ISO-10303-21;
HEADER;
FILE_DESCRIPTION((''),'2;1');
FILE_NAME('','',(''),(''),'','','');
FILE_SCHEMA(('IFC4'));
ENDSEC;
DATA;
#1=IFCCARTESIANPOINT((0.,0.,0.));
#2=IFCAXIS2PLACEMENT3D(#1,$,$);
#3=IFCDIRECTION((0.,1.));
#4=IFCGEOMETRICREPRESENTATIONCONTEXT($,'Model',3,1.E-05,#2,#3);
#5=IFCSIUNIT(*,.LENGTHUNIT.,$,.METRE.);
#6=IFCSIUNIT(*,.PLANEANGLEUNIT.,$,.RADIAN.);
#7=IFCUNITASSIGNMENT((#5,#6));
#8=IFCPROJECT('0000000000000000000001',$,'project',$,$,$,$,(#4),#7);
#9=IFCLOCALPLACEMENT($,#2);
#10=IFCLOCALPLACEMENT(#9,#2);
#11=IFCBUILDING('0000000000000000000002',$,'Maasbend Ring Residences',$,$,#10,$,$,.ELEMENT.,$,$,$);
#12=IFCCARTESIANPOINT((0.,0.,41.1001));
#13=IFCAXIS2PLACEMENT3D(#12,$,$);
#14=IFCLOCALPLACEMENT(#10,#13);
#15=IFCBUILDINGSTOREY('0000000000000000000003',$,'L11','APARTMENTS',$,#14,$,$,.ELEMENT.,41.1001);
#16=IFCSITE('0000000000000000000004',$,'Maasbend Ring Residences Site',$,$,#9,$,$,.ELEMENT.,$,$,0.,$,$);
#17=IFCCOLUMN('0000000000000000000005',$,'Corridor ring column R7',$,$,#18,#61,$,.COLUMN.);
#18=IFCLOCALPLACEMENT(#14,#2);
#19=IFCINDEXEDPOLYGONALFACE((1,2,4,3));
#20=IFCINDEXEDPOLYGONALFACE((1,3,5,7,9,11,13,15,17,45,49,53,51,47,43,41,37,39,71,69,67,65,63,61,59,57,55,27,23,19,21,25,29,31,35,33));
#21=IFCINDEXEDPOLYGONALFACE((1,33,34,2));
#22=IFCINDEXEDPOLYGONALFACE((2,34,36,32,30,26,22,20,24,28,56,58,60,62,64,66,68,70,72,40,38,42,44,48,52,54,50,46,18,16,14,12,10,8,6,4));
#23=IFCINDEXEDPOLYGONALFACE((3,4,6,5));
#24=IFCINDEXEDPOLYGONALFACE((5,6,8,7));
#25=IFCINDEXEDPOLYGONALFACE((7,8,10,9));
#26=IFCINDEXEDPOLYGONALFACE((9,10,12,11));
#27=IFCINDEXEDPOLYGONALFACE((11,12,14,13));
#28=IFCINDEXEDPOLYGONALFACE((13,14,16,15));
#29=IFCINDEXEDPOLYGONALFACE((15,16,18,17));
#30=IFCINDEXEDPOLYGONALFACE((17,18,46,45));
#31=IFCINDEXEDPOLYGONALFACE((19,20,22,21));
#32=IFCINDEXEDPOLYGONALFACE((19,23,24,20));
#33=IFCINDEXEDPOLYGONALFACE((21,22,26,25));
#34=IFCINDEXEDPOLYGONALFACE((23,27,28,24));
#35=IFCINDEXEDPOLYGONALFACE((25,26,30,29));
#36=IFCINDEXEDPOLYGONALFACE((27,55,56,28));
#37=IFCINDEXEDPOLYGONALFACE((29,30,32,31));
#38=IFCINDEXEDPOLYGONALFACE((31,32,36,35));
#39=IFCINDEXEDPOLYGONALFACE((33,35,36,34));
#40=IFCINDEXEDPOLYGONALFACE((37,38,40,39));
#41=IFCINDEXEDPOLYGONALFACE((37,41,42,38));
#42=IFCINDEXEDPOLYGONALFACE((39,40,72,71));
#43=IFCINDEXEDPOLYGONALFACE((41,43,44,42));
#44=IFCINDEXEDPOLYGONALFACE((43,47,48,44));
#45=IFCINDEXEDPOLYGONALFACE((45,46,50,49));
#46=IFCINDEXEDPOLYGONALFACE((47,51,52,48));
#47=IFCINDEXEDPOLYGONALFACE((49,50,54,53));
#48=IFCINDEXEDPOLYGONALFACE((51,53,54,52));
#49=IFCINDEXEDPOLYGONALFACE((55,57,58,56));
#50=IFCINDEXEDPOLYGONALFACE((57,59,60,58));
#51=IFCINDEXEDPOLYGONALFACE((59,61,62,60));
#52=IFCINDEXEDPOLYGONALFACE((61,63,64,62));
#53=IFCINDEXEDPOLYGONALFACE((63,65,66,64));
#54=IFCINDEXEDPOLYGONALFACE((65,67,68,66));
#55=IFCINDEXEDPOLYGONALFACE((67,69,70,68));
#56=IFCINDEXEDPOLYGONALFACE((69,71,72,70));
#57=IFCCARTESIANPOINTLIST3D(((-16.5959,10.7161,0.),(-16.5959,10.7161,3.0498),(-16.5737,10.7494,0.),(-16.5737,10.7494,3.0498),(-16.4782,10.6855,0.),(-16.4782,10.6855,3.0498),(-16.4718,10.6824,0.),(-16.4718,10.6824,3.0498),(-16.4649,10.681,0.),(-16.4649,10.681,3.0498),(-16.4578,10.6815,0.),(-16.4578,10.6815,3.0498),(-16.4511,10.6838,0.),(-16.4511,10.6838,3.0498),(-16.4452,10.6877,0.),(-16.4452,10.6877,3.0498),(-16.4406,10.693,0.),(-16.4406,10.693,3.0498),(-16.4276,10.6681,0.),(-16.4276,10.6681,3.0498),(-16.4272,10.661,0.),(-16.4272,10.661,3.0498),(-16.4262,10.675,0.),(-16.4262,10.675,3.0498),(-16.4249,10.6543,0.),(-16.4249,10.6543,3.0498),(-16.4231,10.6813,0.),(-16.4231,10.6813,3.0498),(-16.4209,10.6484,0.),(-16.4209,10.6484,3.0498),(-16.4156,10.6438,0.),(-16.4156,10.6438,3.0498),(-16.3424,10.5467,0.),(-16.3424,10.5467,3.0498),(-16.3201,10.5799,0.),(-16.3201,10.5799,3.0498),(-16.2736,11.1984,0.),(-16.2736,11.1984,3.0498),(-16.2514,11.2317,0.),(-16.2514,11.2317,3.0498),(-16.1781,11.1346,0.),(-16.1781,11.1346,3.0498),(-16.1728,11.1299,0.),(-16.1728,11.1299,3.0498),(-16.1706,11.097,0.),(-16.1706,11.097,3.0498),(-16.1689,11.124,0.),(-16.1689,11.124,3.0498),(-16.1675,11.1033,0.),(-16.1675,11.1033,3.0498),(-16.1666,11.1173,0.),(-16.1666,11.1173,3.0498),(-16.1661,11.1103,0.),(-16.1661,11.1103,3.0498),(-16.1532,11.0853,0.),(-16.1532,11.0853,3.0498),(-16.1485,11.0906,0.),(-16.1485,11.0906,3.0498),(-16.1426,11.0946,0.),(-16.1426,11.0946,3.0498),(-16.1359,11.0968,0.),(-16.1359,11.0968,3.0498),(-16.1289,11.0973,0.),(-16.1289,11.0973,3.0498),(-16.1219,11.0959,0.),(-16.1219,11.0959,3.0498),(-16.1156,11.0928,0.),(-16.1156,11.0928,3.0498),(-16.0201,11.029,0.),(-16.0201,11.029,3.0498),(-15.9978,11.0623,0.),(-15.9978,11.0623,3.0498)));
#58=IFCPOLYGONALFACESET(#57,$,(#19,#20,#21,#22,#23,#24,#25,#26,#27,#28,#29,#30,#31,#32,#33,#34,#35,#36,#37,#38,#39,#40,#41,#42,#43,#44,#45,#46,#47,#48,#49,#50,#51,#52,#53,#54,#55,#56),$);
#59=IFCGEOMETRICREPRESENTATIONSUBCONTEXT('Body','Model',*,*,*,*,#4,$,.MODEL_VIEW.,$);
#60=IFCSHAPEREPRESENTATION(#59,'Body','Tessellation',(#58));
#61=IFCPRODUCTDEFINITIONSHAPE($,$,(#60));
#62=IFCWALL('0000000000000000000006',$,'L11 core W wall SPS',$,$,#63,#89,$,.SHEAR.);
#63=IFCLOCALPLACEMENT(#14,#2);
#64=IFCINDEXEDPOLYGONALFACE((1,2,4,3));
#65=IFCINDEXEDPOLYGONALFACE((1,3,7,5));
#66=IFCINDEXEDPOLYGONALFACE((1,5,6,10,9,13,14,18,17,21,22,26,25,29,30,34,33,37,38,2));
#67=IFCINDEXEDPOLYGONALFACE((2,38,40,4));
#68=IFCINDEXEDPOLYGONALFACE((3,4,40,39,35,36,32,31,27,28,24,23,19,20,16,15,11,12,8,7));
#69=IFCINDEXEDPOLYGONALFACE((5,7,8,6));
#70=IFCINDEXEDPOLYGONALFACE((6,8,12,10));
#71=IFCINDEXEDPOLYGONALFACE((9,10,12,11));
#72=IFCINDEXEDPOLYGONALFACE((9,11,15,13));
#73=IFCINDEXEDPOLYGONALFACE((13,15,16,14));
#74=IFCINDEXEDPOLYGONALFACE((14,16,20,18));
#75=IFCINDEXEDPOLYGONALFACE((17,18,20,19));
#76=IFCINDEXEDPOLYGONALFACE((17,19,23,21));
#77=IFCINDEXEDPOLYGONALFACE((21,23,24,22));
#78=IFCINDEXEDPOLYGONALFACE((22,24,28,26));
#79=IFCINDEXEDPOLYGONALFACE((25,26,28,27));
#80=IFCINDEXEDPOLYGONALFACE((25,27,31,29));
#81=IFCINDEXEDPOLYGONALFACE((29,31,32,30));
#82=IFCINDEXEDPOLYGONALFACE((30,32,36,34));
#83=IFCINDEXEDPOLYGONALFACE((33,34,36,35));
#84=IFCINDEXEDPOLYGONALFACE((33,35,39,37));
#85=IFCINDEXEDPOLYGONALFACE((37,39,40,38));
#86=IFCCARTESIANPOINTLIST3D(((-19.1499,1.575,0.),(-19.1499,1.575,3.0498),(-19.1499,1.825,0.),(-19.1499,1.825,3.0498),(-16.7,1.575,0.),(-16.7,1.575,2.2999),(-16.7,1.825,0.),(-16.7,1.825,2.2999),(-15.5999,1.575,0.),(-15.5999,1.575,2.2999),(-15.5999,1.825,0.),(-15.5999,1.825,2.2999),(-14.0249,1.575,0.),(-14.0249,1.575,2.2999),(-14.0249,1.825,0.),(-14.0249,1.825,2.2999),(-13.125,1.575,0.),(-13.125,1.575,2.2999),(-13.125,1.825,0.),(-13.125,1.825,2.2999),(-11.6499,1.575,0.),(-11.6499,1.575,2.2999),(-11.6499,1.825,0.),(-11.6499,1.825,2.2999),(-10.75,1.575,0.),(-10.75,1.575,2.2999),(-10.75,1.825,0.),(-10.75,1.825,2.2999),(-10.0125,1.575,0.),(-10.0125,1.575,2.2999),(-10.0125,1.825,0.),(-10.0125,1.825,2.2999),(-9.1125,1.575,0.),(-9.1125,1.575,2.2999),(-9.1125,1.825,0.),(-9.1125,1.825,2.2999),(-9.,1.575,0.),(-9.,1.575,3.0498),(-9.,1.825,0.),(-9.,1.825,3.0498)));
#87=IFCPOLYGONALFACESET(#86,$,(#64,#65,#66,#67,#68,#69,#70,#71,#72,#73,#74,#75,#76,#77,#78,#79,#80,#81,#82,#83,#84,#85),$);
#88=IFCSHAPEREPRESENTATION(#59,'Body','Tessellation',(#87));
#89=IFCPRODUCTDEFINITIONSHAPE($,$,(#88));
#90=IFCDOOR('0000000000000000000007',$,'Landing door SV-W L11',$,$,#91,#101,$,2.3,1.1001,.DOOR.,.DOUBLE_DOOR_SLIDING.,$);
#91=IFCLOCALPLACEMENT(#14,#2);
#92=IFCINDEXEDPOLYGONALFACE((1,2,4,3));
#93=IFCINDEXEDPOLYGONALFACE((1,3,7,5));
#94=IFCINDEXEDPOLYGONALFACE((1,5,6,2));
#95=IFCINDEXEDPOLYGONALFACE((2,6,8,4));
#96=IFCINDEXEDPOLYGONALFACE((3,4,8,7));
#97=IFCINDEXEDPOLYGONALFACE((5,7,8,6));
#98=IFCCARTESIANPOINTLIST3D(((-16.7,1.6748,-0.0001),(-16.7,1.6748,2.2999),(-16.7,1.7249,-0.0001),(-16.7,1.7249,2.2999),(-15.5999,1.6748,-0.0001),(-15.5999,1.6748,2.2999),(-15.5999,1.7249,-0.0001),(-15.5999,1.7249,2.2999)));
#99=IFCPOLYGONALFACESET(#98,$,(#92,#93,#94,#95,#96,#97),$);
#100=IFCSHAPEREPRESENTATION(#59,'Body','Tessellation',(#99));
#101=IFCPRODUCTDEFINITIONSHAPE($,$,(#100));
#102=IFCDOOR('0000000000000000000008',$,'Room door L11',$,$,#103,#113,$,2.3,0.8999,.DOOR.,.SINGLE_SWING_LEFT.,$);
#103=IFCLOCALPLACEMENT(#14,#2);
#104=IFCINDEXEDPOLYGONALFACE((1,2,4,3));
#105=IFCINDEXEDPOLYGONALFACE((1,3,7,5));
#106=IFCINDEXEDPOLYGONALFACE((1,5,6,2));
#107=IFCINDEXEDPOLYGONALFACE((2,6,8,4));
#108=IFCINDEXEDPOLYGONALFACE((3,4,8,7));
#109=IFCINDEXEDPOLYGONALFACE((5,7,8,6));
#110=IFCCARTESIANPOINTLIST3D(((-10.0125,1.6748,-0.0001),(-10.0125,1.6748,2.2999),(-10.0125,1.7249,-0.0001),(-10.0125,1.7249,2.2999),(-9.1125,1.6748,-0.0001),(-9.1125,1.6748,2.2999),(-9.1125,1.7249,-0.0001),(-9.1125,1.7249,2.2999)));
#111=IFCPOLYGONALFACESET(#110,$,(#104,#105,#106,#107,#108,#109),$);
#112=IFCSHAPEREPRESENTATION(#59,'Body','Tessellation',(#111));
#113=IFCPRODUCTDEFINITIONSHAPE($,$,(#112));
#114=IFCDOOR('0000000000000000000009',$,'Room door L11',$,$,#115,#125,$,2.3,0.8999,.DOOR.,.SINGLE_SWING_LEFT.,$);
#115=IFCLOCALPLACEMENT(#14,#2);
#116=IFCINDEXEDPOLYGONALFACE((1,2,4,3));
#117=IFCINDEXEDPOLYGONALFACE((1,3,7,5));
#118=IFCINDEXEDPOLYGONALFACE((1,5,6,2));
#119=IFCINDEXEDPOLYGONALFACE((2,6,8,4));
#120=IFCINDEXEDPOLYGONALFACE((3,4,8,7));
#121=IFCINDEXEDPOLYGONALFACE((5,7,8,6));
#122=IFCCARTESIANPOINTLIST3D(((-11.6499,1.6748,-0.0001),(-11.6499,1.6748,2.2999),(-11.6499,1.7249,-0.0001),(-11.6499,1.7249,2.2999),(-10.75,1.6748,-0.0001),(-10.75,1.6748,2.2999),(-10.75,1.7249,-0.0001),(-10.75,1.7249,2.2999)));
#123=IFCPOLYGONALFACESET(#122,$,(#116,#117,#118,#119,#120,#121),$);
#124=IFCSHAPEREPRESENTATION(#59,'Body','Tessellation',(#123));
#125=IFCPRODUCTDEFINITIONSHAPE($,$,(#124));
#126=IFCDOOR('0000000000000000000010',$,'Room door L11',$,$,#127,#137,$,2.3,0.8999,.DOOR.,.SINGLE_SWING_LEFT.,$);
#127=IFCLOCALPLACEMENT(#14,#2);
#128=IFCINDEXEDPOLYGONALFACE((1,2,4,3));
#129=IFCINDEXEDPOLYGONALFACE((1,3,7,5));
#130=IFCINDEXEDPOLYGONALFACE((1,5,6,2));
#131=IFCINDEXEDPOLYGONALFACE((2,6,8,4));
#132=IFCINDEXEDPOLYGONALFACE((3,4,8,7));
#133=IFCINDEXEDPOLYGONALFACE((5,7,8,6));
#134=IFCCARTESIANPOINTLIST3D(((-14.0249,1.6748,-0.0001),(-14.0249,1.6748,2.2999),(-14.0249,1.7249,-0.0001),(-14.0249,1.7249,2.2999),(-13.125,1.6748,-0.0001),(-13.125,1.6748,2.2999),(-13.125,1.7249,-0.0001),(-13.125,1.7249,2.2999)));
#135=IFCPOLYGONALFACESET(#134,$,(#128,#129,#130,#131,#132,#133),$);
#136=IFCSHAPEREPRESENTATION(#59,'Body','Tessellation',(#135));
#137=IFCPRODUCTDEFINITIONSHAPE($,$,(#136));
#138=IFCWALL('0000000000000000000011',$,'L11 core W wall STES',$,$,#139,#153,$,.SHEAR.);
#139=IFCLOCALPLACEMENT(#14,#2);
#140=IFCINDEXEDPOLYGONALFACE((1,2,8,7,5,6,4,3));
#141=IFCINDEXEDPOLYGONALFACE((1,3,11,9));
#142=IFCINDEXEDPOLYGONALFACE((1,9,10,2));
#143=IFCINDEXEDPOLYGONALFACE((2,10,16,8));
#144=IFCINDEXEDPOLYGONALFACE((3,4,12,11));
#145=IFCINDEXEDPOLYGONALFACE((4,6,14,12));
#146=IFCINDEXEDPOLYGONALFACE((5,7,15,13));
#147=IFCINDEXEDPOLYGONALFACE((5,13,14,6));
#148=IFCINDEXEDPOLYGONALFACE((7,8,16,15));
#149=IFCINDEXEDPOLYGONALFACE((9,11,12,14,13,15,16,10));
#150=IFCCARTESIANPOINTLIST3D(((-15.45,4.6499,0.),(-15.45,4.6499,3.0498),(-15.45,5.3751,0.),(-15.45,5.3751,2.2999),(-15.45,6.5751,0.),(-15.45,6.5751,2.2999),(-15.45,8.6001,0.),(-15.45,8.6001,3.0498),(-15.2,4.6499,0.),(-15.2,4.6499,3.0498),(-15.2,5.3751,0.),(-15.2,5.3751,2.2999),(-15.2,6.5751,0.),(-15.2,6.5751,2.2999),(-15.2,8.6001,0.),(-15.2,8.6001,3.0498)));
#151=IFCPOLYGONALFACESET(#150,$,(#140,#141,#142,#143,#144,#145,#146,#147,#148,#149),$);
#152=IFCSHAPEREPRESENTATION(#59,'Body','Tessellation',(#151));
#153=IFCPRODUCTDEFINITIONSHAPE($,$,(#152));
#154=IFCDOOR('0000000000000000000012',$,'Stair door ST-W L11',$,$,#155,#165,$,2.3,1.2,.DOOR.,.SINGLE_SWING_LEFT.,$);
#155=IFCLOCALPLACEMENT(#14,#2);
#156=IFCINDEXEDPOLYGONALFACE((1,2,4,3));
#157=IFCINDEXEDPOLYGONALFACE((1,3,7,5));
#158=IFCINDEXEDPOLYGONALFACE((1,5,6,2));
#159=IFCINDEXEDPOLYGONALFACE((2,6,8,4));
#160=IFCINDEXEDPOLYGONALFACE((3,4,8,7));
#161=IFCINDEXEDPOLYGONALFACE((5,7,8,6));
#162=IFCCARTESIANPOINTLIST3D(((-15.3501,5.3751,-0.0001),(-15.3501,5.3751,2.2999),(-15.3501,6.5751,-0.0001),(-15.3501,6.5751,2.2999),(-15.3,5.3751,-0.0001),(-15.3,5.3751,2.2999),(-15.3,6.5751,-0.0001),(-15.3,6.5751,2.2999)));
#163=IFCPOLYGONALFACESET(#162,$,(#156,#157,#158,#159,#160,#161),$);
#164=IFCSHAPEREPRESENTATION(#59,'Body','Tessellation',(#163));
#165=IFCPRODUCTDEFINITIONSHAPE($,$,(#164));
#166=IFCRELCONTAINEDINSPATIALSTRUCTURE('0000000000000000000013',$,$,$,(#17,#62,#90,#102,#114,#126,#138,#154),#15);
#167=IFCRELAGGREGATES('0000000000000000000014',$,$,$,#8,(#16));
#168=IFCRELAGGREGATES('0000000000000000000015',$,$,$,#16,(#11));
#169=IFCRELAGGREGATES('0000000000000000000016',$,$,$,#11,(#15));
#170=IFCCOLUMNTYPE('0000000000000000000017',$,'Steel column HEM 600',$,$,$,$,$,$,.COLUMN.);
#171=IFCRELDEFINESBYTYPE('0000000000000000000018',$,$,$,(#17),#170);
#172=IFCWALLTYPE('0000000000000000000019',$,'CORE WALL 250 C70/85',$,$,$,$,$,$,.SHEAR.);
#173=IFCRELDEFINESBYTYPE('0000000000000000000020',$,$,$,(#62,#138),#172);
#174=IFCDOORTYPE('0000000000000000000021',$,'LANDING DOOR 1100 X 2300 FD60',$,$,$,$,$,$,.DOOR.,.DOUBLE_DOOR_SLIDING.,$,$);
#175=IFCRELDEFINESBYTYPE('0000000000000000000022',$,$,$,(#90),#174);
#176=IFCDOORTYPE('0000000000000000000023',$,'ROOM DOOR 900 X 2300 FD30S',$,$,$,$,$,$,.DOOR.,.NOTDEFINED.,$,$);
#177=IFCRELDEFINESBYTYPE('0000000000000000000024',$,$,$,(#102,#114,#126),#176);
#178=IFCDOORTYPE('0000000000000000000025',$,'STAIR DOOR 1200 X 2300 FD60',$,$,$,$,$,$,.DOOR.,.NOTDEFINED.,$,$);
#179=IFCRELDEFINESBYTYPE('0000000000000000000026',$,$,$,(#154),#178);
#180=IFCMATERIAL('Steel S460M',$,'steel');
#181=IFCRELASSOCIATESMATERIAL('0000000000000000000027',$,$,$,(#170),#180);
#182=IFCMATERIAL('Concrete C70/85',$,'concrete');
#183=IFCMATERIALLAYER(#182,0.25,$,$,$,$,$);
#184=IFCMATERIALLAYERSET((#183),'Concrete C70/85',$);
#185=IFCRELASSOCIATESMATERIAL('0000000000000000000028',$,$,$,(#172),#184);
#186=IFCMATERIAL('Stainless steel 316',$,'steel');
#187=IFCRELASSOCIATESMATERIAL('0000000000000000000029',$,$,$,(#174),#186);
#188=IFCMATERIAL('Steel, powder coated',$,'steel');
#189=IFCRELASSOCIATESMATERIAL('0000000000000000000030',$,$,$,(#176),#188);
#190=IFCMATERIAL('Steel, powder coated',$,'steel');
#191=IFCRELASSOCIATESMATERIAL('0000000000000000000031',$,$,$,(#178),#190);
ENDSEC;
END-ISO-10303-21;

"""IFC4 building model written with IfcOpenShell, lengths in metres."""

from ifc_helpers import new_model, si_unit, direction, frame, frame_2d, origin, origin_2d, place, context, subcontext, project, spatial, rectangle, i_section, extrude, material, layer, layer_set, material_profile, profile_set, type_object, element, fill, save


model = new_model("IFC4")

# Units and contexts
model_context = context("Model", 3, precision=1e-05, world=origin(), true_north=direction((0.0, 1.0)))
body_context = subcontext(model_context, "Body", "Model", "MODEL_VIEW")
ifc_project = project(units=[si_unit("LENGTHUNIT", "METRE"), si_unit("PLANEANGLEUNIT", "RADIAN")], contexts=[model_context])

# Site, building, storey
site_placement = place(None, origin())
site = spatial("IfcSite", under=ifc_project, at=site_placement, Name="Maasbend Ring Residences Site", CompositionType="ELEMENT", RefElevation=0.0)
building_placement = place(site_placement, origin())
building = spatial("IfcBuilding", under=site, at=building_placement, Name="Maasbend Ring Residences", CompositionType="ELEMENT")
storey_placement = place(building_placement, frame((0.0, 0.0, 41.1001)))
storey = spatial("IfcBuildingStorey", under=building, at=storey_placement, Name="L11", Description="APARTMENTS", CompositionType="ELEMENT", Elevation=41.1001)

# Column
ifc_material_1 = material(Name="Steel S460M", Category="steel")
ifc_material_profile = material_profile(ifc_material_1, i_section(OverallWidth=0.3049, OverallDepth=0.6201, WebThickness=0.021, FlangeThickness=0.04, FilletRadius=0.0271, at=origin_2d()), Name="HEM 600")
ifc_profile_set = profile_set([ifc_material_profile], Name="Steel S460M")
column_type = type_object("IfcColumnType", Name="Steel column HEM 600", PredefinedType="COLUMN", material=ifc_profile_set)
column_placement = place(storey_placement, frame((-16.2969, 10.8892, 0.0), z_axis=(0.0, 0.0, 1.0), x_axis=(-0.83147, 0.55557, 0.0)))
element("IfcColumn", 1, at=column_placement, inside=storey, type_object=column_type, Name="Corridor ring column R7", PredefinedType="COLUMN", context=body_context, shape_type="SweptSolid", body=[
    extrude(i_section(OverallWidth=0.3049, OverallDepth=0.6201, WebThickness=0.021, FlangeThickness=0.04, FilletRadius=0.0271, at=origin_2d()), origin(), (0.0, 0.0, 1.0), 3.0498),
])

# Wall, openings, doors
ifc_material_2 = material(Name="Concrete C70/85", Category="concrete")
ifc_layer_1 = layer(ifc_material_2, 0.25)
ifc_layer_set_1 = layer_set([ifc_layer_1], Name="Concrete C70/85")
wall_type_1 = type_object("IfcWallType", Name="CORE WALL 250 C70/85", PredefinedType="SHEAR", material=ifc_layer_set_1)
wall_1_placement = place(storey_placement, frame((-19.1499, 1.7, 0.0), z_axis=(0.0, 0.0, 1.0), x_axis=(1.0, 0.0, 0.0)))
wall_1 = element("IfcWall", 2, at=wall_1_placement, inside=storey, type_object=wall_type_1, Name="L11 core W wall SPS", PredefinedType="SHEAR", context=body_context, shape_type="SweptSolid", body=[
    extrude(rectangle(XDim=10.1499, YDim=0.25, at=frame_2d((5.075, 0.0))), origin(), (0.0, 0.0, 1.0), 3.0498),
])
opening_1_placement = place(wall_1_placement, frame((2.45, 0.0, 0.0)))
opening_1 = element("IfcOpeningElement", 3, at=opening_1_placement, cuts=wall_1, PredefinedType="OPENING", context=body_context, shape_type="SweptSolid", body=[
    extrude(rectangle(XDim=1.1001, YDim=2.3, at=frame_2d((0.55, 1.1499))), frame((0.0, 0.135, 0.0), z_axis=(0.0, -1.0, 0.0), x_axis=(1.0, 0.0, 0.0)), (0.0, 0.0, 1.0), 0.27),
])
opening_2_placement = place(wall_1_placement, frame((9.1375, 0.0, 0.0)))
opening_2 = element("IfcOpeningElement", 4, at=opening_2_placement, cuts=wall_1, PredefinedType="OPENING", context=body_context, shape_type="SweptSolid", body=[
    extrude(rectangle(XDim=0.8999, YDim=2.3, at=frame_2d((0.45, 1.1499))), frame((0.0, 0.135, 0.0), z_axis=(0.0, -1.0, 0.0), x_axis=(1.0, 0.0, 0.0)), (0.0, 0.0, 1.0), 0.27),
])
opening_3_placement = place(wall_1_placement, frame((7.5, 0.0, 0.0)))
opening_3 = element("IfcOpeningElement", 5, at=opening_3_placement, cuts=wall_1, PredefinedType="OPENING", context=body_context, shape_type="SweptSolid", body=[
    extrude(rectangle(XDim=0.8999, YDim=2.3, at=frame_2d((0.45, 1.1499))), frame((0.0, 0.135, 0.0), z_axis=(0.0, -1.0, 0.0), x_axis=(1.0, 0.0, 0.0)), (0.0, 0.0, 1.0), 0.27),
])
opening_4_placement = place(wall_1_placement, frame((5.125, 0.0, 0.0)))
opening_4 = element("IfcOpeningElement", 6, at=opening_4_placement, cuts=wall_1, PredefinedType="OPENING", context=body_context, shape_type="SweptSolid", body=[
    extrude(rectangle(XDim=0.8999, YDim=2.3, at=frame_2d((0.45, 1.1499))), frame((0.0, 0.135, 0.0), z_axis=(0.0, -1.0, 0.0), x_axis=(1.0, 0.0, 0.0)), (0.0, 0.0, 1.0), 0.27),
])
ifc_material_3 = material(Name="Stainless steel 316", Category="steel")
door_type_1 = type_object("IfcDoorType", Name="LANDING DOOR 1100 X 2300 FD60", OperationType="DOUBLE_DOOR_SLIDING", PredefinedType="DOOR", material=ifc_material_3)
door_1_placement = place(opening_1_placement, origin())
door_1 = element("IfcDoor", 7, at=door_1_placement, inside=storey, type_object=door_type_1, Name="Landing door SV-W L11", OperationType="DOUBLE_DOOR_SLIDING", OverallHeight=2.3, OverallWidth=1.1001, PredefinedType="DOOR", context=body_context, shape_type="SweptSolid", body=[
    extrude(rectangle(XDim=1.1001, YDim=2.3, at=frame_2d((0.55, 1.1499))), frame((0.0, 0.0249, 0.0), z_axis=(0.0, -1.0, 0.0), x_axis=(1.0, 0.0, 0.0)), (0.0, 0.0, 1.0), 0.05),
])
fill(opening_1, door_1)
ifc_material_4 = material(Name="Steel, powder coated", Category="steel")
door_type_2 = type_object("IfcDoorType", Name="ROOM DOOR 900 X 2300 FD30S", OperationType="NOTDEFINED", PredefinedType="DOOR", material=ifc_material_4)
door_2_placement = place(opening_2_placement, origin())
door_2 = element("IfcDoor", 8, at=door_2_placement, inside=storey, type_object=door_type_2, Name="Room door L11", OperationType="SINGLE_SWING_LEFT", OverallHeight=2.3, OverallWidth=0.8999, PredefinedType="DOOR", context=body_context, shape_type="SweptSolid", body=[
    extrude(rectangle(XDim=0.8999, YDim=2.3, at=frame_2d((0.45, 1.1499))), frame((0.0, 0.0249, 0.0), z_axis=(0.0, -1.0, 0.0), x_axis=(1.0, 0.0, 0.0)), (0.0, 0.0, 1.0), 0.05),
])
fill(opening_2, door_2)
door_3_placement = place(opening_3_placement, origin())
door_3 = element("IfcDoor", 9, at=door_3_placement, inside=storey, type_object=door_type_2, Name="Room door L11", OperationType="SINGLE_SWING_LEFT", OverallHeight=2.3, OverallWidth=0.8999, PredefinedType="DOOR", context=body_context, shape_type="SweptSolid", body=[
    extrude(rectangle(XDim=0.8999, YDim=2.3, at=frame_2d((0.45, 1.1499))), frame((0.0, 0.0249, 0.0), z_axis=(0.0, -1.0, 0.0), x_axis=(1.0, 0.0, 0.0)), (0.0, 0.0, 1.0), 0.05),
])
fill(opening_3, door_3)
door_4_placement = place(opening_4_placement, origin())
door_4 = element("IfcDoor", 10, at=door_4_placement, inside=storey, type_object=door_type_2, Name="Room door L11", OperationType="SINGLE_SWING_LEFT", OverallHeight=2.3, OverallWidth=0.8999, PredefinedType="DOOR", context=body_context, shape_type="SweptSolid", body=[
    extrude(rectangle(XDim=0.8999, YDim=2.3, at=frame_2d((0.45, 1.1499))), frame((0.0, 0.0249, 0.0), z_axis=(0.0, -1.0, 0.0), x_axis=(1.0, 0.0, 0.0)), (0.0, 0.0, 1.0), 0.05),
])
fill(opening_4, door_4)

# Wall, opening, door
wall_2_placement = place(storey_placement, frame((-15.325, 8.6001, 0.0), z_axis=(0.0, 0.0, 1.0), x_axis=(0.0, -1.0, 0.0)))
wall_2 = element("IfcWall", 11, at=wall_2_placement, inside=storey, type_object=wall_type_1, Name="L11 core W wall STES", PredefinedType="SHEAR", context=body_context, shape_type="SweptSolid", body=[
    extrude(rectangle(XDim=3.9502, YDim=0.25, at=frame_2d((1.9751, 0.0))), origin(), (0.0, 0.0, 1.0), 3.0498),
])
opening_5_placement = place(wall_2_placement, frame((2.0249, 0.0, 0.0)))
opening_5 = element("IfcOpeningElement", 12, at=opening_5_placement, cuts=wall_2, PredefinedType="OPENING", context=body_context, shape_type="SweptSolid", body=[
    extrude(rectangle(XDim=1.2, YDim=2.3, at=frame_2d((0.6001, 1.1499))), frame((0.0, 0.135, 0.0), z_axis=(0.0, -1.0, 0.0), x_axis=(1.0, 0.0, 0.0)), (0.0, 0.0, 1.0), 0.27),
])
ifc_material_5 = material(Name="Steel, powder coated", Category="steel")
door_type_3 = type_object("IfcDoorType", Name="STAIR DOOR 1200 X 2300 FD60", OperationType="NOTDEFINED", PredefinedType="DOOR", material=ifc_material_5)
door_5_placement = place(opening_5_placement, origin())
door_5 = element("IfcDoor", 13, at=door_5_placement, inside=storey, type_object=door_type_3, Name="Stair door ST-W L11", OperationType="SINGLE_SWING_LEFT", OverallHeight=2.3, OverallWidth=1.2, PredefinedType="DOOR", context=body_context, shape_type="SweptSolid", body=[
    extrude(rectangle(XDim=1.2, YDim=2.3, at=frame_2d((0.6001, 1.1499))), frame((0.0, 0.0249, 0.0), z_axis=(0.0, -1.0, 0.0), x_axis=(1.0, 0.0, 0.0)), (0.0, 0.0, 1.0), 0.05),
])
fill(opening_5, door_5)

save(model, "model.ifc")
